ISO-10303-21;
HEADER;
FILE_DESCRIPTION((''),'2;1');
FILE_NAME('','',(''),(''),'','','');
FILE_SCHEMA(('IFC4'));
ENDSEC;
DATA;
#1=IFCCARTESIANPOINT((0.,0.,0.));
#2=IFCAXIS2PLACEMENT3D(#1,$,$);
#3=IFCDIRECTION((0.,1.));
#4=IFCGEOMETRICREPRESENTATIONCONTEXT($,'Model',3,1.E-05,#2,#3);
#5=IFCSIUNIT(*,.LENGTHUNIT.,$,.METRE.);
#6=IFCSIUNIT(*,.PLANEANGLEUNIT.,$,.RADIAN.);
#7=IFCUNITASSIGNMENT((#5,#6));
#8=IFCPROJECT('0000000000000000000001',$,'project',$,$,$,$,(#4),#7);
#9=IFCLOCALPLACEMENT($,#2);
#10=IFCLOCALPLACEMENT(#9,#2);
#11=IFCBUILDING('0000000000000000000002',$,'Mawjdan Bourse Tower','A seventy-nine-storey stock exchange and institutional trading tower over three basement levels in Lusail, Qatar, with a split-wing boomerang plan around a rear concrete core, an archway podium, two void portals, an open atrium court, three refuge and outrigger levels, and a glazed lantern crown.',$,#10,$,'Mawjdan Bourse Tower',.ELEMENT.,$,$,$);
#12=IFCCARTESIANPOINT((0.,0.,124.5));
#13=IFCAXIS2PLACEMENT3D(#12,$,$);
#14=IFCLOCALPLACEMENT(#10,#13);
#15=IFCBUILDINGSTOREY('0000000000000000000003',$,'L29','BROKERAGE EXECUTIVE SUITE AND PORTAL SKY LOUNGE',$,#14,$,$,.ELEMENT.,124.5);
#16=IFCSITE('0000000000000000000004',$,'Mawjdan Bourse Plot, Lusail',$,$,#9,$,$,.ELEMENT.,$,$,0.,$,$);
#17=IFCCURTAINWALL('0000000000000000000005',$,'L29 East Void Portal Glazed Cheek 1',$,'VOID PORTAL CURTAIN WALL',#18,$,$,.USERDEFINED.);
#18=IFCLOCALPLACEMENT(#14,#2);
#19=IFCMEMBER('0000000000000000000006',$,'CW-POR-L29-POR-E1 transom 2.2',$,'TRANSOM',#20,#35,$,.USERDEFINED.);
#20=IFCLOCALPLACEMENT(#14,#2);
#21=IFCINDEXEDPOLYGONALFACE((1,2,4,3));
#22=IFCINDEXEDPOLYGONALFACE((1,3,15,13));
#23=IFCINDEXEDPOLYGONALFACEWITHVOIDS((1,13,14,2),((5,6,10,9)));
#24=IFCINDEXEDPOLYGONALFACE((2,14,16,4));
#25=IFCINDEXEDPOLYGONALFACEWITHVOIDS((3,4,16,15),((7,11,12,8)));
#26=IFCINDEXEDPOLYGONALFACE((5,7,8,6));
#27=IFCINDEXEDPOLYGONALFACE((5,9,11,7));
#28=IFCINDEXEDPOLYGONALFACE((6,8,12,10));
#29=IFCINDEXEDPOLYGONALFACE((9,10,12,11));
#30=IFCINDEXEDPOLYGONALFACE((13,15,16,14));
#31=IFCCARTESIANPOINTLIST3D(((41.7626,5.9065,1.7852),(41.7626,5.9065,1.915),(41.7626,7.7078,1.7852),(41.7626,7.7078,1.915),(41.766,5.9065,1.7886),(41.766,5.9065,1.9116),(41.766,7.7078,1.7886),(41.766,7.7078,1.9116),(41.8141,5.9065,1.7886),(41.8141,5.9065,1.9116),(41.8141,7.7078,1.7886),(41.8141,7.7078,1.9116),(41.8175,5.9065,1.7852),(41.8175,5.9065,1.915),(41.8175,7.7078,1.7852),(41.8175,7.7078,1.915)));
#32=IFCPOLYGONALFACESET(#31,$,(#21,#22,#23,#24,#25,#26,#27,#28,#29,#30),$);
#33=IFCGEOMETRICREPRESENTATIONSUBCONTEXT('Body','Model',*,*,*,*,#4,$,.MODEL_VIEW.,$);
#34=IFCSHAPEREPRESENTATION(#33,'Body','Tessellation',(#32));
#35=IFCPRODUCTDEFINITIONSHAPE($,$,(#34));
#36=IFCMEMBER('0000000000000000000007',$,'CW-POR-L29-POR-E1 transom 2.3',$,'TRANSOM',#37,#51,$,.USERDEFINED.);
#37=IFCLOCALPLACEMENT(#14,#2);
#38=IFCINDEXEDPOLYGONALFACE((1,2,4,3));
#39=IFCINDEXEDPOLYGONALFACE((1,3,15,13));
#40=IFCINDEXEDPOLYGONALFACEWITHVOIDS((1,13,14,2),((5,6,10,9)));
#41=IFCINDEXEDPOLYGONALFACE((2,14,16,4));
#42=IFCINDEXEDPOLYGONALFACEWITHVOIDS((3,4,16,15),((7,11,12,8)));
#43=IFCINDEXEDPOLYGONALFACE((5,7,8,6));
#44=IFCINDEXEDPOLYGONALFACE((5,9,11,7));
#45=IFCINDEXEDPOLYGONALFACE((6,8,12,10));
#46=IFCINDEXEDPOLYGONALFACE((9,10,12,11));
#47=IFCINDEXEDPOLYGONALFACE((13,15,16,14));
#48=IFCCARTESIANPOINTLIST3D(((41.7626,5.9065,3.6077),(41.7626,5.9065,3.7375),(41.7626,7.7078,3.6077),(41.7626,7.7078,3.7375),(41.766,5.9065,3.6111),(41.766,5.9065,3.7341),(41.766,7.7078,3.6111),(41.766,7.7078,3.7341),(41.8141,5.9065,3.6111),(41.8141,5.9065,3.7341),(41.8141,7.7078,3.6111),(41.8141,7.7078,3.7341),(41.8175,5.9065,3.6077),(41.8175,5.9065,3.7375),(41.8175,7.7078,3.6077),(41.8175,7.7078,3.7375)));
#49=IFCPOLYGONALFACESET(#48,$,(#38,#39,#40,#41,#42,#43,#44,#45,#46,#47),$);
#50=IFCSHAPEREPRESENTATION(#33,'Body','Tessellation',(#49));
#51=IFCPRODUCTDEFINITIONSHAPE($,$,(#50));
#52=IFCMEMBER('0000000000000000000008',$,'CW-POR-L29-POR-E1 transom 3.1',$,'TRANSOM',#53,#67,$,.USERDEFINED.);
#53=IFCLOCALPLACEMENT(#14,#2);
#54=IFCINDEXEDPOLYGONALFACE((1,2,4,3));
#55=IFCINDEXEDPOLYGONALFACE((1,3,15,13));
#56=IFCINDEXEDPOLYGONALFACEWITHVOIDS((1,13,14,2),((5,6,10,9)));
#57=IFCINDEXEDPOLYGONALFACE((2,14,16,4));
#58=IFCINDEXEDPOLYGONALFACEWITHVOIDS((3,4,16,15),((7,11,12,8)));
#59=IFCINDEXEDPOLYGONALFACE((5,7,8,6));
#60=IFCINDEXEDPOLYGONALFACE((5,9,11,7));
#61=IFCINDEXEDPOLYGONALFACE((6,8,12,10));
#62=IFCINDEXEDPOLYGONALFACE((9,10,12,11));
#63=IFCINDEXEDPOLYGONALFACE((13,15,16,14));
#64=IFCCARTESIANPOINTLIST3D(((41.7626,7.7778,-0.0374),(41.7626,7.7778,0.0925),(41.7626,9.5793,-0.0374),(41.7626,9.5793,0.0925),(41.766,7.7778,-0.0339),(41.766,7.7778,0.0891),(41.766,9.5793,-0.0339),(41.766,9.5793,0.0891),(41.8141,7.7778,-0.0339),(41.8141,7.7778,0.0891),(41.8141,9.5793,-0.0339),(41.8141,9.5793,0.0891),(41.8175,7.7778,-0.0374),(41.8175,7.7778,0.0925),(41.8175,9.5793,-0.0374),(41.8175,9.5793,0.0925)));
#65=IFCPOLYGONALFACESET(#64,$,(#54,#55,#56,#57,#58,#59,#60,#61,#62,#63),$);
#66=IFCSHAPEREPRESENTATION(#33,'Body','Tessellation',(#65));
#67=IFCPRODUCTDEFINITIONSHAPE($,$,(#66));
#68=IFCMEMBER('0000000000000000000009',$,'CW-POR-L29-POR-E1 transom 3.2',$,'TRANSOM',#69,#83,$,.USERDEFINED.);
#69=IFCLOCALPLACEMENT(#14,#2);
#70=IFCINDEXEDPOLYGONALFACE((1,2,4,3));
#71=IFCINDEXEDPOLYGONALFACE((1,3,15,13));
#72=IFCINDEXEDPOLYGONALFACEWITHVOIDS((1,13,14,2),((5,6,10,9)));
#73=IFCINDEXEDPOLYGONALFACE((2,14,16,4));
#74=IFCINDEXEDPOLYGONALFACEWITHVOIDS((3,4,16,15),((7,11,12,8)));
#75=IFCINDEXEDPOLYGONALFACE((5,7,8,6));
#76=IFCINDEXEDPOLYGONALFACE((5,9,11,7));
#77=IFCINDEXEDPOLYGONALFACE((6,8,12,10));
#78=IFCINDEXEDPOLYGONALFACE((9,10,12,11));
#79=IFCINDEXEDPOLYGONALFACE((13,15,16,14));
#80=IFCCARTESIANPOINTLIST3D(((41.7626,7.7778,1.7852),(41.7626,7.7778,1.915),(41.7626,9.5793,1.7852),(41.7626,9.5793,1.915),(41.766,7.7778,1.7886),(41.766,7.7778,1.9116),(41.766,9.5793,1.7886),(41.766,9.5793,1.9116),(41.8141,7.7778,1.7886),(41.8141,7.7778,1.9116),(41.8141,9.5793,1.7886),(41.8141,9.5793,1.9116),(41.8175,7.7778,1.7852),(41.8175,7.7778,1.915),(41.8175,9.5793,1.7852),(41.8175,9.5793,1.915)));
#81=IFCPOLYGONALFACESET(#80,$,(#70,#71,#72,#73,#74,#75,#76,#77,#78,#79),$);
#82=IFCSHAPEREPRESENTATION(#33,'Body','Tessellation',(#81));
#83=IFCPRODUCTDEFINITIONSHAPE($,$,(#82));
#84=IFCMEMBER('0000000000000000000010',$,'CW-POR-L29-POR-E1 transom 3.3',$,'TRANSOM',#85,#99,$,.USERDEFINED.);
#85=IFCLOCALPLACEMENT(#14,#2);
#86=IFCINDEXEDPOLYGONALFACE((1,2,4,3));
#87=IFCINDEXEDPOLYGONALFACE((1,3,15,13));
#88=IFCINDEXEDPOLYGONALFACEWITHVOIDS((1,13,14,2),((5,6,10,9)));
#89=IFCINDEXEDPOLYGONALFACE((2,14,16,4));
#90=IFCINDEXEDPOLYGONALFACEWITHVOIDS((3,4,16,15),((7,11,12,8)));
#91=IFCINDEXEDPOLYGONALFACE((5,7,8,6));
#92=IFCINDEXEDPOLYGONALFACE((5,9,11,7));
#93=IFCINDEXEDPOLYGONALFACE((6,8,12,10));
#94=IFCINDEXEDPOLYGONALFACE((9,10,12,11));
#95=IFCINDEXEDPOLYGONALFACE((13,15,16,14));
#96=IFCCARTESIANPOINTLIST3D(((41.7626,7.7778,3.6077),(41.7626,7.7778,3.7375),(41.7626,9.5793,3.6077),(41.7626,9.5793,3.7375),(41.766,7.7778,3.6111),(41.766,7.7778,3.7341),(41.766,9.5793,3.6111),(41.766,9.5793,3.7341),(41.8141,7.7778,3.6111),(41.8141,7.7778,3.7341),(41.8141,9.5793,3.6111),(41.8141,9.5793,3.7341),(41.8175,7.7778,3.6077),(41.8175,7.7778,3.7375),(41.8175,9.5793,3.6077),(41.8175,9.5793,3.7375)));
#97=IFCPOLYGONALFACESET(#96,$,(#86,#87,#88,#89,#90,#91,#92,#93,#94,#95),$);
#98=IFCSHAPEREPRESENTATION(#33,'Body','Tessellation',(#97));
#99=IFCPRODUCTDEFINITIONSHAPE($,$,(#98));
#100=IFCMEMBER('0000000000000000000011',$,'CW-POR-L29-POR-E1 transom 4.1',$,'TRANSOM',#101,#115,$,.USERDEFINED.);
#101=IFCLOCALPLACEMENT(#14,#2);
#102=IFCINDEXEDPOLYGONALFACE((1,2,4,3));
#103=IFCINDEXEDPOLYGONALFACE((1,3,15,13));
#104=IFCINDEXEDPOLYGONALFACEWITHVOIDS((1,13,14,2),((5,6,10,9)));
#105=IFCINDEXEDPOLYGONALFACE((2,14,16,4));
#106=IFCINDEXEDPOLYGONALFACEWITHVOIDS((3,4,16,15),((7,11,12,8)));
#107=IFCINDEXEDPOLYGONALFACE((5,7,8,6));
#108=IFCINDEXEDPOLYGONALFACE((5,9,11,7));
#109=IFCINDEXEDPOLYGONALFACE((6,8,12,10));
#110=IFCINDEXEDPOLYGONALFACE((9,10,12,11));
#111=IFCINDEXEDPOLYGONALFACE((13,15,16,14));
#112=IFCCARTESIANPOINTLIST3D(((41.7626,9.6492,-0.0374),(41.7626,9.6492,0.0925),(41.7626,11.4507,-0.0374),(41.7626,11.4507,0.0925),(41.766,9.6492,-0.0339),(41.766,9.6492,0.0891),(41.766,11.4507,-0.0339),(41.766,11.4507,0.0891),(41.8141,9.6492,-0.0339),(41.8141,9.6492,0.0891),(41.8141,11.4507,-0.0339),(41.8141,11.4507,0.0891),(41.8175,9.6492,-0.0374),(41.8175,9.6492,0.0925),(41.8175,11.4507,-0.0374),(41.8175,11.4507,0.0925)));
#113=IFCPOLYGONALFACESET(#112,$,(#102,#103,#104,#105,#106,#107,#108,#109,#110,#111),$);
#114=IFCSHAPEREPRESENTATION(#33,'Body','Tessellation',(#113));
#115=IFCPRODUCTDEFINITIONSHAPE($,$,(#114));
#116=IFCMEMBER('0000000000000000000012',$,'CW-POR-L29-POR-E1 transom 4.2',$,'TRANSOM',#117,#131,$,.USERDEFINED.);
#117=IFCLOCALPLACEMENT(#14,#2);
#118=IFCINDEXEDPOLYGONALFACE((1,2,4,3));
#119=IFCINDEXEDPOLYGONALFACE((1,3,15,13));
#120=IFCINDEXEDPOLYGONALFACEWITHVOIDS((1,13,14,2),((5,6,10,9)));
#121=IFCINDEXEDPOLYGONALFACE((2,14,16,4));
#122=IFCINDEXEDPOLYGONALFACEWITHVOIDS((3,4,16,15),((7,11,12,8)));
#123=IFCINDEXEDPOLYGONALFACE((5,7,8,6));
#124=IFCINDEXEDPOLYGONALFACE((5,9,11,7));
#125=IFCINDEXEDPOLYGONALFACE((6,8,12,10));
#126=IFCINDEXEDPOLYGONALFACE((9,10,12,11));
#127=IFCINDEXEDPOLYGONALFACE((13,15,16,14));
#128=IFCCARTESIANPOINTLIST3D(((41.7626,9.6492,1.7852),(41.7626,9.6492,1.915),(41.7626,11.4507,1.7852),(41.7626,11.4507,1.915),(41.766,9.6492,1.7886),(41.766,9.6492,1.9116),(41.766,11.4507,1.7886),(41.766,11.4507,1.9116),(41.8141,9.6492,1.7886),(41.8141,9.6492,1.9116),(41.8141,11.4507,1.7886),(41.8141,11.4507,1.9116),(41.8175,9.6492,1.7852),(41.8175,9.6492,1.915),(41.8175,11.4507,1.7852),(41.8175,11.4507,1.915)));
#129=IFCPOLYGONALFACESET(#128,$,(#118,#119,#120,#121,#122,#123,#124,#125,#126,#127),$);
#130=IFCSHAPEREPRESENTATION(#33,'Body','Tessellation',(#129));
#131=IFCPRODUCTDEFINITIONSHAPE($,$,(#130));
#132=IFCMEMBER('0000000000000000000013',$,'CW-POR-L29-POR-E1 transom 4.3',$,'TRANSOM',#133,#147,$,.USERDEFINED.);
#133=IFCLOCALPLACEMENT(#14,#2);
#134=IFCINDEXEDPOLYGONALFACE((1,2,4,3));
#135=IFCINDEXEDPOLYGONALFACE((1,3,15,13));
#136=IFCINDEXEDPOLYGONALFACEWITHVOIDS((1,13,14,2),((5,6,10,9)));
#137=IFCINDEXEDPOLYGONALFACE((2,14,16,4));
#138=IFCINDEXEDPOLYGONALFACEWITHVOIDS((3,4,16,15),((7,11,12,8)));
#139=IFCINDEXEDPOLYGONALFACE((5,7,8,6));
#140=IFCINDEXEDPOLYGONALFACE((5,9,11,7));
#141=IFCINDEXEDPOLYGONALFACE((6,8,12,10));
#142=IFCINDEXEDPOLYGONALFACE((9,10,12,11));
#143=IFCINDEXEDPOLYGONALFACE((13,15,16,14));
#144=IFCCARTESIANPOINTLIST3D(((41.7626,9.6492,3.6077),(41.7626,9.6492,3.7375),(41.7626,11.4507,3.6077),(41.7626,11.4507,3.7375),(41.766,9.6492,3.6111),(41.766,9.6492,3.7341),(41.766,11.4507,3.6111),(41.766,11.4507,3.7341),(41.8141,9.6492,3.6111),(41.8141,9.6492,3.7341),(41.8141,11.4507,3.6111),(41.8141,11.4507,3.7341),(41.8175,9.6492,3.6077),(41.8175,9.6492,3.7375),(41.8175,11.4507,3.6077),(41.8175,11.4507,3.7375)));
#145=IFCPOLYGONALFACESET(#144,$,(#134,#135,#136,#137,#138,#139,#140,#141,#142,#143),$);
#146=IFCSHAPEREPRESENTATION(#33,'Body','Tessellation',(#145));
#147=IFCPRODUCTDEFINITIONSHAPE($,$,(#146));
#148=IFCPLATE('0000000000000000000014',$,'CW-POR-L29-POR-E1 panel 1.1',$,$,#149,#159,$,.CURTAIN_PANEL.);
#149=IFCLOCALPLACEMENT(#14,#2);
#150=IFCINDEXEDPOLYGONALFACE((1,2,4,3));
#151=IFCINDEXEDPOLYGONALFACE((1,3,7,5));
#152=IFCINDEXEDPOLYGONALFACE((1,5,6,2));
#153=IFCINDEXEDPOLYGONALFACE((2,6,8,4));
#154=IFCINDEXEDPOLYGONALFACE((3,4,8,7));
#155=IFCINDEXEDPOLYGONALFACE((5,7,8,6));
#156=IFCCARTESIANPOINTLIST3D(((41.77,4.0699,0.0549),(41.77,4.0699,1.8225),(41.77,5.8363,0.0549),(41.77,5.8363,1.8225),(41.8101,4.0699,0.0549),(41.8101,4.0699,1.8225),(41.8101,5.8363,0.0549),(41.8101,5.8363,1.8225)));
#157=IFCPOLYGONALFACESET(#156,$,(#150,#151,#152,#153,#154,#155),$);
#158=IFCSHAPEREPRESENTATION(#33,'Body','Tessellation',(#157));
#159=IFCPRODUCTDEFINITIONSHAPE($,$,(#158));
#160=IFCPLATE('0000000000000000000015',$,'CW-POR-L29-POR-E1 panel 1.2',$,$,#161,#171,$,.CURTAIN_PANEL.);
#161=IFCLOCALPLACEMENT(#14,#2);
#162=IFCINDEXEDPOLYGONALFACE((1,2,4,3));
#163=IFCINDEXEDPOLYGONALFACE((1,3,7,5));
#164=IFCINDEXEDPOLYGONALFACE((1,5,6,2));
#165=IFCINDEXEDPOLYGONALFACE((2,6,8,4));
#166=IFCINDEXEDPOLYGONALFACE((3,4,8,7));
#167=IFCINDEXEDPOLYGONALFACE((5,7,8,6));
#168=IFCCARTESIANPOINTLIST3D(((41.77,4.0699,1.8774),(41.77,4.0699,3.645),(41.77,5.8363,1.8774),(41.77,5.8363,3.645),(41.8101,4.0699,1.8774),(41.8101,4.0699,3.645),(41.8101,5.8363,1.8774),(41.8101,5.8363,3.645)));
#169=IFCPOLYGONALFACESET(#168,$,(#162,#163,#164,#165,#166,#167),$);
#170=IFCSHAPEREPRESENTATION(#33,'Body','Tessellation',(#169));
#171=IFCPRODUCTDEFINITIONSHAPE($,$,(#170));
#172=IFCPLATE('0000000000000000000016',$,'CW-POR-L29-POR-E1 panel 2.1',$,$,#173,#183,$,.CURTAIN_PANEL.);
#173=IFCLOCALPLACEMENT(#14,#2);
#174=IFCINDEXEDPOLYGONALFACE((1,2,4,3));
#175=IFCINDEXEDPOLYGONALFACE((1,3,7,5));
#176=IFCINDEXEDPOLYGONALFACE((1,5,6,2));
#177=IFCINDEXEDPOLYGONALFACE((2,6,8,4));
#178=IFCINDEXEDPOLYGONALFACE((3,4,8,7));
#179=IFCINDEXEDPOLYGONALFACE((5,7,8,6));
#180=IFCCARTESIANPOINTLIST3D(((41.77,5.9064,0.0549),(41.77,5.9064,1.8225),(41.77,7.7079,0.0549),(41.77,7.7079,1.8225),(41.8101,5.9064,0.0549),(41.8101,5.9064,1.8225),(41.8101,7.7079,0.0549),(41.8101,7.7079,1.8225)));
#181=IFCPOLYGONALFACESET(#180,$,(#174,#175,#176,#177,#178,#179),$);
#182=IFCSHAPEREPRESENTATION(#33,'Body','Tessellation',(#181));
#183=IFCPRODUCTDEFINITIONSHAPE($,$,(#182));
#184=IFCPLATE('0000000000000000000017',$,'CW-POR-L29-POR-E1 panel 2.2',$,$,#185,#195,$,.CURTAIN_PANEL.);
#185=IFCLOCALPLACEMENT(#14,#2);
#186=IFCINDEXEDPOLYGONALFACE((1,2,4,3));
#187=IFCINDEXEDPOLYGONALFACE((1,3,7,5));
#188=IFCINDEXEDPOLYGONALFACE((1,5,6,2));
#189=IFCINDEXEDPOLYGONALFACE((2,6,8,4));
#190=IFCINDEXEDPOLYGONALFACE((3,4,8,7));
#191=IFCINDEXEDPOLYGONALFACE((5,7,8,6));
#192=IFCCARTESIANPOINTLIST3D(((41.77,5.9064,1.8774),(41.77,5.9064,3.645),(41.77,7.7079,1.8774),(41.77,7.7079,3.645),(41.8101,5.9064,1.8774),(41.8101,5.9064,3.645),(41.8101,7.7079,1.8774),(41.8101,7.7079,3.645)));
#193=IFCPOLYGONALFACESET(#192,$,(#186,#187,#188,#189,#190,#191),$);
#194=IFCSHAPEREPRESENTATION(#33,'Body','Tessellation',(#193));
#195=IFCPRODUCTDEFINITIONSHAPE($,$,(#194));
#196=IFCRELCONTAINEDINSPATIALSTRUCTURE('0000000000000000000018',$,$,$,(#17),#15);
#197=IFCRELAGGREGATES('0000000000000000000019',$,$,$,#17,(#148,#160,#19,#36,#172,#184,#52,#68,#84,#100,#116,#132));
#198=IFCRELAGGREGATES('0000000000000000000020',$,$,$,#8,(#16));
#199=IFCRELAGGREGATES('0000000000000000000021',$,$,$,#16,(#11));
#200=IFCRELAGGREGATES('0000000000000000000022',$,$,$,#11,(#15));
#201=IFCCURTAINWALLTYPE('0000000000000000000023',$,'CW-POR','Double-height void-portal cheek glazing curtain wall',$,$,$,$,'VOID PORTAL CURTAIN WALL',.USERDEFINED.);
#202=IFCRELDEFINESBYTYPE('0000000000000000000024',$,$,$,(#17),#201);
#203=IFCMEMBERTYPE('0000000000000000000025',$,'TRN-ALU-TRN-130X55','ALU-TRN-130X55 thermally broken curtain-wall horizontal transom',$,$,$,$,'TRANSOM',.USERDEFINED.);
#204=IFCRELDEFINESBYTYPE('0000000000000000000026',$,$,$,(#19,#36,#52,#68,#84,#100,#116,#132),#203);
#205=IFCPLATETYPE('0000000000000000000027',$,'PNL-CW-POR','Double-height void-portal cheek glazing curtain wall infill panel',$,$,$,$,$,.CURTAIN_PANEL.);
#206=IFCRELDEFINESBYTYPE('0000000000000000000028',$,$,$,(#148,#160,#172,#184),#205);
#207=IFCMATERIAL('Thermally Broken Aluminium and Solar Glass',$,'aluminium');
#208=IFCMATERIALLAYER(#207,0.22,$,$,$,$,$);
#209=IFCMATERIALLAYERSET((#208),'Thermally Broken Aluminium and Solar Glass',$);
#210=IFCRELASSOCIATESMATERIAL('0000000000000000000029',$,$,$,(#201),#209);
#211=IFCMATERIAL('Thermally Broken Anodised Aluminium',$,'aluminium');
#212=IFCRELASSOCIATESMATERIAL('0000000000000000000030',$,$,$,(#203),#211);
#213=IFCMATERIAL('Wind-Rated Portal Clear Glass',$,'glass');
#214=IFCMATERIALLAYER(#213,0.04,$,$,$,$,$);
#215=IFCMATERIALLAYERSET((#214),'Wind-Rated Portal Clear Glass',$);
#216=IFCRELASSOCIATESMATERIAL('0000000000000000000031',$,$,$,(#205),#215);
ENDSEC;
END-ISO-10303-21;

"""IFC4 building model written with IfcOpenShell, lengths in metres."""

from ifc_helpers import new_model, si_unit, direction, frame, origin, origin_2d, place, context, subcontext, project, spatial, rectangle, hollow_rectangle, extrude, material, layer, layer_set, material_profile, profile_set, type_object, element, aggregate, save


model = new_model("IFC4")

# Units and contexts
model_context = context("Model", 3, precision=1e-05, world=origin(), true_north=direction((0.0, 1.0)))
body_context = subcontext(model_context, "Body", "Model", "MODEL_VIEW")
ifc_project = project(units=[si_unit("LENGTHUNIT", "METRE"), si_unit("PLANEANGLEUNIT", "RADIAN")], contexts=[model_context])

# Site, building, storey
site_placement = place(None, origin())
site = spatial("IfcSite", under=ifc_project, at=site_placement, Name="Mawjdan Bourse Plot, Lusail", CompositionType="ELEMENT", RefElevation=0.0)
building_placement = place(site_placement, origin())
building = spatial("IfcBuilding", under=site, at=building_placement, Name="Mawjdan Bourse Tower", Description="A seventy-nine-storey stock exchange and institutional trading tower over three basement levels in Lusail, Qatar, with a split-wing boomerang plan around a rear concrete core, an archway podium, two void portals, an open atrium court, three refuge and outrigger levels, and a glazed lantern crown.", LongName="Mawjdan Bourse Tower", CompositionType="ELEMENT")
storey_placement = place(building_placement, frame((0.0, 0.0, 124.5)))
storey = spatial("IfcBuildingStorey", under=building, at=storey_placement, Name="L29", Description="BROKERAGE EXECUTIVE SUITE AND PORTAL SKY LOUNGE", CompositionType="ELEMENT", Elevation=124.5)

# Curtain wall
ifc_material_1 = material(Name="Thermally Broken Aluminium and Solar Glass", Category="aluminium")
ifc_layer_1 = layer(ifc_material_1, 0.22)
ifc_layer_set_1 = layer_set([ifc_layer_1], Name="Thermally Broken Aluminium and Solar Glass")
curtain_wall_type = type_object("IfcCurtainWallType", Name="CW-POR", Description="Double-height void-portal cheek glazing curtain wall", ElementType="VOID PORTAL CURTAIN WALL", PredefinedType="USERDEFINED", material=ifc_layer_set_1)
curtain_wall_placement = place(storey_placement, origin())
curtain_wall = element("IfcCurtainWall", 1, at=curtain_wall_placement, inside=storey, type_object=curtain_wall_type, Name="L29 East Void Portal Glazed Cheek 1", ObjectType="VOID PORTAL CURTAIN WALL", PredefinedType="USERDEFINED")
ifc_material_2 = material(Name="Thermally Broken Anodised Aluminium", Category="aluminium")

# Members
ifc_material_profile_1 = material_profile(ifc_material_2, hollow_rectangle(XDim=0.0549, YDim=0.1299, WallThickness=0.0034, at=origin_2d()), Name="ALU-TRN-130X55")
ifc_profile_set_1 = profile_set([ifc_material_profile_1], Name="Thermally Broken Anodised Aluminium")
member_type_1 = type_object("IfcMemberType", Name="TRN-ALU-TRN-130X55", Description="ALU-TRN-130X55 thermally broken curtain-wall horizontal transom", ElementType="TRANSOM", PredefinedType="USERDEFINED", material=ifc_profile_set_1)
member_1_placement = place(storey_placement, frame((41.79, 5.9065, 1.8501), z_axis=(0.0, 1.0, 0.0), x_axis=(-1.0, 0.0, 0.0)))
member_1 = element("IfcMember", 2, at=member_1_placement, type_object=member_type_1, Name="CW-POR-L29-POR-E1 transom 2.2", ObjectType="TRANSOM", PredefinedType="USERDEFINED", context=body_context, shape_type="SweptSolid", body=[
    extrude(hollow_rectangle(XDim=0.0549, YDim=0.1299, WallThickness=0.0034, at=origin_2d()), origin(), (0.0, 0.0, 1.0), 1.8013),
])
member_2_placement = place(storey_placement, frame((41.79, 5.9065, 3.6726), z_axis=(0.0, 1.0, 0.0), x_axis=(-1.0, 0.0, 0.0)))
member_2 = element("IfcMember", 3, at=member_2_placement, type_object=member_type_1, Name="CW-POR-L29-POR-E1 transom 2.3", ObjectType="TRANSOM", PredefinedType="USERDEFINED", context=body_context, shape_type="SweptSolid", body=[
    extrude(hollow_rectangle(XDim=0.0549, YDim=0.1299, WallThickness=0.0034, at=origin_2d()), origin(), (0.0, 0.0, 1.0), 1.8013),
])
member_3_placement = place(storey_placement, frame((41.79, 7.7778, 0.0276), z_axis=(0.0, 1.0, 0.0), x_axis=(-1.0, 0.0, 0.0)))
member_3 = element("IfcMember", 4, at=member_3_placement, type_object=member_type_1, Name="CW-POR-L29-POR-E1 transom 3.1", ObjectType="TRANSOM", PredefinedType="USERDEFINED", context=body_context, shape_type="SweptSolid", body=[
    extrude(hollow_rectangle(XDim=0.0549, YDim=0.1299, WallThickness=0.0034, at=origin_2d()), origin(), (0.0, 0.0, 1.0), 1.8015),
])
member_4_placement = place(storey_placement, frame((41.79, 7.7778, 1.8501), z_axis=(0.0, 1.0, 0.0), x_axis=(-1.0, 0.0, 0.0)))
member_4 = element("IfcMember", 5, at=member_4_placement, type_object=member_type_1, Name="CW-POR-L29-POR-E1 transom 3.2", ObjectType="TRANSOM", PredefinedType="USERDEFINED", context=body_context, shape_type="SweptSolid", body=[
    extrude(hollow_rectangle(XDim=0.0549, YDim=0.1299, WallThickness=0.0034, at=origin_2d()), origin(), (0.0, 0.0, 1.0), 1.8015),
])
member_5_placement = place(storey_placement, frame((41.79, 7.7778, 3.6726), z_axis=(0.0, 1.0, 0.0), x_axis=(-1.0, 0.0, 0.0)))
member_5 = element("IfcMember", 6, at=member_5_placement, type_object=member_type_1, Name="CW-POR-L29-POR-E1 transom 3.3", ObjectType="TRANSOM", PredefinedType="USERDEFINED", context=body_context, shape_type="SweptSolid", body=[
    extrude(hollow_rectangle(XDim=0.0549, YDim=0.1299, WallThickness=0.0034, at=origin_2d()), origin(), (0.0, 0.0, 1.0), 1.8015),
])
member_6_placement = place(storey_placement, frame((41.79, 9.6492, 0.0276), z_axis=(0.0, 1.0, 0.0), x_axis=(-1.0, 0.0, 0.0)))
member_6 = element("IfcMember", 7, at=member_6_placement, type_object=member_type_1, Name="CW-POR-L29-POR-E1 transom 4.1", ObjectType="TRANSOM", PredefinedType="USERDEFINED", context=body_context, shape_type="SweptSolid", body=[
    extrude(hollow_rectangle(XDim=0.0549, YDim=0.1299, WallThickness=0.0034, at=origin_2d()), origin(), (0.0, 0.0, 1.0), 1.8015),
])
member_7_placement = place(storey_placement, frame((41.79, 9.6492, 1.8501), z_axis=(0.0, 1.0, 0.0), x_axis=(-1.0, 0.0, 0.0)))
member_7 = element("IfcMember", 8, at=member_7_placement, type_object=member_type_1, Name="CW-POR-L29-POR-E1 transom 4.2", ObjectType="TRANSOM", PredefinedType="USERDEFINED", context=body_context, shape_type="SweptSolid", body=[
    extrude(hollow_rectangle(XDim=0.0549, YDim=0.1299, WallThickness=0.0034, at=origin_2d()), origin(), (0.0, 0.0, 1.0), 1.8015),
])
member_8_placement = place(storey_placement, frame((41.79, 9.6492, 3.6726), z_axis=(0.0, 1.0, 0.0), x_axis=(-1.0, 0.0, 0.0)))
member_8 = element("IfcMember", 9, at=member_8_placement, type_object=member_type_1, Name="CW-POR-L29-POR-E1 transom 4.3", ObjectType="TRANSOM", PredefinedType="USERDEFINED", context=body_context, shape_type="SweptSolid", body=[
    extrude(hollow_rectangle(XDim=0.0549, YDim=0.1299, WallThickness=0.0034, at=origin_2d()), origin(), (0.0, 0.0, 1.0), 1.8015),
])

# Plates
ifc_material_3 = material(Name="Wind-Rated Portal Clear Glass", Category="glass")
ifc_layer_2 = layer(ifc_material_3, 0.04)
ifc_layer_set_2 = layer_set([ifc_layer_2], Name="Wind-Rated Portal Clear Glass")
plate_type = type_object("IfcPlateType", Name="PNL-CW-POR", Description="Double-height void-portal cheek glazing curtain wall infill panel", PredefinedType="CURTAIN_PANEL", material=ifc_layer_set_2)
plate_1_placement = place(storey_placement, frame((41.79, 4.9531, 0.0549), z_axis=(0.0, 0.0, 1.0), x_axis=(0.0, 1.0, 0.0)))
plate_1 = element("IfcPlate", 10, at=plate_1_placement, type_object=plate_type, Name="CW-POR-L29-POR-E1 panel 1.1", PredefinedType="CURTAIN_PANEL", context=body_context, shape_type="SweptSolid", body=[
    extrude(rectangle(XDim=1.7664, YDim=0.04, at=origin_2d()), origin(), (0.0, 0.0, 1.0), 1.7676),
])
plate_2_placement = place(storey_placement, frame((41.79, 4.9531, 1.8774), z_axis=(0.0, 0.0, 1.0), x_axis=(0.0, 1.0, 0.0)))
plate_2 = element("IfcPlate", 11, at=plate_2_placement, type_object=plate_type, Name="CW-POR-L29-POR-E1 panel 1.2", PredefinedType="CURTAIN_PANEL", context=body_context, shape_type="SweptSolid", body=[
    extrude(rectangle(XDim=1.7664, YDim=0.04, at=origin_2d()), origin(), (0.0, 0.0, 1.0), 1.7676),
])
plate_3_placement = place(storey_placement, frame((41.79, 6.8071, 0.0549), z_axis=(0.0, 0.0, 1.0), x_axis=(0.0, 1.0, 0.0)))
plate_3 = element("IfcPlate", 12, at=plate_3_placement, type_object=plate_type, Name="CW-POR-L29-POR-E1 panel 2.1", PredefinedType="CURTAIN_PANEL", context=body_context, shape_type="SweptSolid", body=[
    extrude(rectangle(XDim=1.8015, YDim=0.04, at=origin_2d()), origin(), (0.0, 0.0, 1.0), 1.7676),
])
plate_4_placement = place(storey_placement, frame((41.79, 6.8071, 1.8774), z_axis=(0.0, 0.0, 1.0), x_axis=(0.0, 1.0, 0.0)))
plate_4 = element("IfcPlate", 13, at=plate_4_placement, type_object=plate_type, Name="CW-POR-L29-POR-E1 panel 2.2", PredefinedType="CURTAIN_PANEL", context=body_context, shape_type="SweptSolid", body=[
    extrude(rectangle(XDim=1.8015, YDim=0.04, at=origin_2d()), origin(), (0.0, 0.0, 1.0), 1.7676),
])
aggregate(curtain_wall, [plate_1, plate_2, member_1, member_2, plate_3, plate_4, member_3, member_4, member_5, member_6, member_7, member_8])

save(model, "model.ifc")
